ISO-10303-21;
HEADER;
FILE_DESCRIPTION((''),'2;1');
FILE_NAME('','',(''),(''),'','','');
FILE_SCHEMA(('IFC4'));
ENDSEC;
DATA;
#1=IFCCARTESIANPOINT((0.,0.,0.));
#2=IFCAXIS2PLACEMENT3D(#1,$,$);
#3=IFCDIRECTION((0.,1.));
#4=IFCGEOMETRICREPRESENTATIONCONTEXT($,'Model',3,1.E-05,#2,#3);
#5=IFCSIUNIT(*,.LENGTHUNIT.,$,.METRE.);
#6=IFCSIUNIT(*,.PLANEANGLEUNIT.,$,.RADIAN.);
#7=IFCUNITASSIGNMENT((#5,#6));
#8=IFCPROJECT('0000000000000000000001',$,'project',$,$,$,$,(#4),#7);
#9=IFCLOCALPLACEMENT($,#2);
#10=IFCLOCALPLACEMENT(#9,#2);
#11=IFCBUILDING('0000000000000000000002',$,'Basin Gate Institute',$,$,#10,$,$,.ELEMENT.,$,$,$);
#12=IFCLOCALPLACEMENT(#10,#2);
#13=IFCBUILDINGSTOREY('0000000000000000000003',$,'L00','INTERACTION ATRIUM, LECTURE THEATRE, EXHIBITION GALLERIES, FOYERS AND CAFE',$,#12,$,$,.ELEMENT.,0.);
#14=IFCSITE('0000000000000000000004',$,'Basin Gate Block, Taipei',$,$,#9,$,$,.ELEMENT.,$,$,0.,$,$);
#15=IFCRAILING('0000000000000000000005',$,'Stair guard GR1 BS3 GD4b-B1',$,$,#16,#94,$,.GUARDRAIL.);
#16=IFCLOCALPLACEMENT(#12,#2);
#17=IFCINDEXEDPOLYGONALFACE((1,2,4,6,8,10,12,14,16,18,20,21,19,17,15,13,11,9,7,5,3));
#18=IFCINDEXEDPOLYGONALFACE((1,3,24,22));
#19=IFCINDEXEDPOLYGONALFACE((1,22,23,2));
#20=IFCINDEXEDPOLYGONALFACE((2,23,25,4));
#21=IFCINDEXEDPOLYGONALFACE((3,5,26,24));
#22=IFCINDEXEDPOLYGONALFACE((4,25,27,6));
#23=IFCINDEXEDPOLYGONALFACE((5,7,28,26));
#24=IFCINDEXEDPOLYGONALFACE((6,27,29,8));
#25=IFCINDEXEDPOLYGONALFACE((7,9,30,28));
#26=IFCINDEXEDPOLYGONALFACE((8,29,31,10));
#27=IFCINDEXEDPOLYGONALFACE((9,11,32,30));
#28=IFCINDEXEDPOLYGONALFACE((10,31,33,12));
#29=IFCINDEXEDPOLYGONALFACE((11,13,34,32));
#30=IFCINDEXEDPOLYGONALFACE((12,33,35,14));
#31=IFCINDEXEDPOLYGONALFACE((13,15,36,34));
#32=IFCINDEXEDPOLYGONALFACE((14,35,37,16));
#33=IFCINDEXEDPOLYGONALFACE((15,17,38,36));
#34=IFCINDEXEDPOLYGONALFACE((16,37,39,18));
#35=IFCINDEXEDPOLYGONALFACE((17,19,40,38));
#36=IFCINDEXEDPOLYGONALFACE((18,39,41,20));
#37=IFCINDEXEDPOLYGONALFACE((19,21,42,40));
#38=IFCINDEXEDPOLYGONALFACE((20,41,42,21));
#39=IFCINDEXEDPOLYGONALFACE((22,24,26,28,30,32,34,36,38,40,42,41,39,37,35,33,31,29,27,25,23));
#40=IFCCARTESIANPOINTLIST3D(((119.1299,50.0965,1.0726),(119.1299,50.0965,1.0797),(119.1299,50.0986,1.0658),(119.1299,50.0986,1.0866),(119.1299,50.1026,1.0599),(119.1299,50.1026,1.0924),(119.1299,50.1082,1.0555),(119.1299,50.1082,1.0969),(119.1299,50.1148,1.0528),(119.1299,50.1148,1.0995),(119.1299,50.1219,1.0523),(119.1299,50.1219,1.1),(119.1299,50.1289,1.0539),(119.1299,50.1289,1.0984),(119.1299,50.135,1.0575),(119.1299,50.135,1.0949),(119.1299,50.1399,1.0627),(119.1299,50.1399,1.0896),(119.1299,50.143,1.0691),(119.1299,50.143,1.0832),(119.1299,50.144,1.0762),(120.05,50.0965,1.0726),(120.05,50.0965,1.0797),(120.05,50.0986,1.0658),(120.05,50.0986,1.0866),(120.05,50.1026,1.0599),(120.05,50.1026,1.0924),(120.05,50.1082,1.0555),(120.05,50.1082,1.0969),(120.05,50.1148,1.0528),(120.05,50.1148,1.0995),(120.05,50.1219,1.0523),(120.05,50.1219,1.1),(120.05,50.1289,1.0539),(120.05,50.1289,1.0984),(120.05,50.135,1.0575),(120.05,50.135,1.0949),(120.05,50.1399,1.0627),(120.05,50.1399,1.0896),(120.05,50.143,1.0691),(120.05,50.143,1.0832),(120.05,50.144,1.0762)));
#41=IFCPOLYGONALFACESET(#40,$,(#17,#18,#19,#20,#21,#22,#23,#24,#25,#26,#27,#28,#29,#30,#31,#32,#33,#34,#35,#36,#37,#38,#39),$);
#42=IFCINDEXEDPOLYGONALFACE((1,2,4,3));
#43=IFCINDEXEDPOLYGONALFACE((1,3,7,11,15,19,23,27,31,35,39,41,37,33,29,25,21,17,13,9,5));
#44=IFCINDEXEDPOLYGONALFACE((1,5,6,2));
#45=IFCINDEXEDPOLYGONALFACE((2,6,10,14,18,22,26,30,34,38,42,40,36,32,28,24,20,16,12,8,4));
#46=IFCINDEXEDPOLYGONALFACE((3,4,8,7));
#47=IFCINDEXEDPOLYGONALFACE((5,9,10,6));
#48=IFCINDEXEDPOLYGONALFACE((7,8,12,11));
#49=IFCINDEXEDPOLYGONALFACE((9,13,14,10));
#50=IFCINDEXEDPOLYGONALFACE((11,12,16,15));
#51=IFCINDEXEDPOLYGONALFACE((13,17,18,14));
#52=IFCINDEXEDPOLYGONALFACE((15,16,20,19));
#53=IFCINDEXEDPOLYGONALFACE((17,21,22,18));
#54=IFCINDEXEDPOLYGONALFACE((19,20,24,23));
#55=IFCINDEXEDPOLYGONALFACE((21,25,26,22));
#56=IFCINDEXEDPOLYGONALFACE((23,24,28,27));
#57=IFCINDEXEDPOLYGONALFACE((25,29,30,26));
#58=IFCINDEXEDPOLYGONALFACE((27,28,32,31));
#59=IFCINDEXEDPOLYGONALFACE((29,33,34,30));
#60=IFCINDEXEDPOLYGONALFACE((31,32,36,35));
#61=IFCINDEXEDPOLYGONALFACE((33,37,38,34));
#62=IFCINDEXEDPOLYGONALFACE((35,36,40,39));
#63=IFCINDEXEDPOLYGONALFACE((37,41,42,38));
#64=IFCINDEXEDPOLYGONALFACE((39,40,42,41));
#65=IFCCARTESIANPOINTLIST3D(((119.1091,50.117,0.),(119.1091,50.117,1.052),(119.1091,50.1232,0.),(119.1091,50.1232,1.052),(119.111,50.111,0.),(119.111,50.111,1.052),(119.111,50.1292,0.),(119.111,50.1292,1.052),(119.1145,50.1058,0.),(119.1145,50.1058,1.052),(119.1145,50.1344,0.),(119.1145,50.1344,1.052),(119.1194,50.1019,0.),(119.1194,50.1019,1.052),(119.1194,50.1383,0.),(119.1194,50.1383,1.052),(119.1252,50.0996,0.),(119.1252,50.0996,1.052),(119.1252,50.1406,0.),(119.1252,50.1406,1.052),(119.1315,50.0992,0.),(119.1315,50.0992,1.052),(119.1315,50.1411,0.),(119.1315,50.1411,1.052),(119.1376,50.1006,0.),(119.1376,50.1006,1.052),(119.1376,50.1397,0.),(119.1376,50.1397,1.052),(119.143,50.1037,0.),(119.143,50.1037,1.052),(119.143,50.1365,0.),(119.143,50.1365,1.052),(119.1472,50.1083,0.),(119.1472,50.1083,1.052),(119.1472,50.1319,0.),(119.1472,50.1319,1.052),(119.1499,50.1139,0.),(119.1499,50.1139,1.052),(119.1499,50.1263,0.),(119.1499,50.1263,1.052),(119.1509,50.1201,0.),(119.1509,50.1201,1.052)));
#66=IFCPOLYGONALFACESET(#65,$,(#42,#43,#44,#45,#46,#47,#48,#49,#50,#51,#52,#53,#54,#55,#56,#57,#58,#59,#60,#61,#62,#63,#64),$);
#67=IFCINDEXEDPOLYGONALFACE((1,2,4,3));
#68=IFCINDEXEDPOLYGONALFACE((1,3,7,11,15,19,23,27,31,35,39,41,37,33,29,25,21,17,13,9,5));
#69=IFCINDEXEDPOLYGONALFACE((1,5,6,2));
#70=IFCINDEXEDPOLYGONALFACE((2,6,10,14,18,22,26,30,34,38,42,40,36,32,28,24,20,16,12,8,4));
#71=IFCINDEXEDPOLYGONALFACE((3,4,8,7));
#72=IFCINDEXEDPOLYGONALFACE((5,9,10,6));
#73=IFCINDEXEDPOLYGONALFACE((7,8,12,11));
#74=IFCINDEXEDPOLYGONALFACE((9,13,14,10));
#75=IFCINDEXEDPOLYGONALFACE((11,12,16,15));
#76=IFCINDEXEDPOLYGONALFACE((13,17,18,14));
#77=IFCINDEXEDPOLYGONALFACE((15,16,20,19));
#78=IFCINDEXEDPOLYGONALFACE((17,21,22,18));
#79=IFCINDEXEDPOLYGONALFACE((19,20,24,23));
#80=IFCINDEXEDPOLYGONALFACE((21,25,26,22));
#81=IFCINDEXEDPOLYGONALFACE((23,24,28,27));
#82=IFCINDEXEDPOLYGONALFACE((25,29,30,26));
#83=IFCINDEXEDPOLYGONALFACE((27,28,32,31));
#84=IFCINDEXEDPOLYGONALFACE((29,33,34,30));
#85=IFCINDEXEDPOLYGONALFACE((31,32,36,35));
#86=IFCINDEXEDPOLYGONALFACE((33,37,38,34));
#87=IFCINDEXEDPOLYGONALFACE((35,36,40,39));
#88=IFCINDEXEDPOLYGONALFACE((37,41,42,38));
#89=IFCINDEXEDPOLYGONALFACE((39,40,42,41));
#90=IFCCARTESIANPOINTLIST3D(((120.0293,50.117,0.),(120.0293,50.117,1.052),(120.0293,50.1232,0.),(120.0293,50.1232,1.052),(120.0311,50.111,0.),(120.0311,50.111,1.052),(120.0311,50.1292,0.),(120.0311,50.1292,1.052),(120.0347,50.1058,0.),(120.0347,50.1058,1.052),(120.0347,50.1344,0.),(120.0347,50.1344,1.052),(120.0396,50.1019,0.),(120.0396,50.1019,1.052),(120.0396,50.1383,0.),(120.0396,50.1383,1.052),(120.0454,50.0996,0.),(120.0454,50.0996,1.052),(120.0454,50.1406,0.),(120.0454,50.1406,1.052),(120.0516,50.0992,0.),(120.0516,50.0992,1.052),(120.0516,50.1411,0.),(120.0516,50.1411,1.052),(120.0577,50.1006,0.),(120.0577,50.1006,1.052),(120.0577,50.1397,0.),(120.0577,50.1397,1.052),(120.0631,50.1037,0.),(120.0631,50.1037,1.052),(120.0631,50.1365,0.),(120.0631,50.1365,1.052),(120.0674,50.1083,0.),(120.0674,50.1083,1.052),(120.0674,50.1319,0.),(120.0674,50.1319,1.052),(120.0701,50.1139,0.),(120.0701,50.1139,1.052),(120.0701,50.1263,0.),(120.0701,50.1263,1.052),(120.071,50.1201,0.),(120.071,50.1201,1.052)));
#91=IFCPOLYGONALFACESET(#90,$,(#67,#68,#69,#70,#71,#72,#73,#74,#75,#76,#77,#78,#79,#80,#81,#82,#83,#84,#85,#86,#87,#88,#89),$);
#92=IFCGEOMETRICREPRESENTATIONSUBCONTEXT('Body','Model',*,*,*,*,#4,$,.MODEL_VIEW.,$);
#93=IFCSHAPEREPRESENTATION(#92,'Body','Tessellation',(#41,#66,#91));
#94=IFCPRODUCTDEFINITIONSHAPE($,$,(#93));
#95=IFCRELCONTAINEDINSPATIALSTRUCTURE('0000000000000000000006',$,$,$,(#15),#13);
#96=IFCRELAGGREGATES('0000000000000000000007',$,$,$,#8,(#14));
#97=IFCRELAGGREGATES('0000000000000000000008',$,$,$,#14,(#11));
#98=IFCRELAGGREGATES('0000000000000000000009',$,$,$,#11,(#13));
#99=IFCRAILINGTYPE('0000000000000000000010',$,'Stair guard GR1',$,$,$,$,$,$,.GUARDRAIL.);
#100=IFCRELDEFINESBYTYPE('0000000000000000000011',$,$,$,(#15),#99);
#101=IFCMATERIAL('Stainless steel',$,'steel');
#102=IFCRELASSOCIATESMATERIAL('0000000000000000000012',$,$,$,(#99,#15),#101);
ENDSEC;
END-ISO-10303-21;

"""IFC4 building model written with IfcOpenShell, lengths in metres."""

from ifc_helpers import new_model, si_unit, direction, frame, origin, origin_2d, place, context, subcontext, project, spatial, circle, extrude, material, type_object, element, save


model = new_model("IFC4")

# Units and contexts
model_context = context("Model", 3, precision=1e-05, world=origin(), true_north=direction((0.0, 1.0)))
body_context = subcontext(model_context, "Body", "Model", "MODEL_VIEW")
ifc_project = project(units=[si_unit("LENGTHUNIT", "METRE"), si_unit("PLANEANGLEUNIT", "RADIAN")], contexts=[model_context])

# Site, building, storey
site_placement = place(None, origin())
site = spatial("IfcSite", under=ifc_project, at=site_placement, Name="Basin Gate Block, Taipei", CompositionType="ELEMENT", RefElevation=0.0)
building_placement = place(site_placement, origin())
building = spatial("IfcBuilding", under=site, at=building_placement, Name="Basin Gate Institute", CompositionType="ELEMENT")
storey_placement = place(building_placement, origin())
storey = spatial("IfcBuildingStorey", under=building, at=storey_placement, Name="L00", Description="INTERACTION ATRIUM, LECTURE THEATRE, EXHIBITION GALLERIES, FOYERS AND CAFE", CompositionType="ELEMENT", Elevation=0.0)

# Railing
ifc_material_1 = material(Name="Stainless steel", Category="steel")
railing_type = type_object("IfcRailingType", Name="Stair guard GR1", PredefinedType="GUARDRAIL", material=ifc_material_1)
railing_placement = place(storey_placement, frame((119.1299, 50.1201, 0.0)))
element("IfcRailing", 1, at=railing_placement, inside=storey, type_object=railing_type, material=ifc_material_1, Name="Stair guard GR1 BS3 GD4b-B1", PredefinedType="GUARDRAIL", context=body_context, shape_type="SweptSolid", body=[
    extrude(circle(Radius=0.0239, at=origin_2d()), frame((0.0, 0.0, 1.0762), z_axis=(1.0, 0.0, 0.0), x_axis=(0.0, 1.0, 0.0)), (0.0, 0.0, 1.0), 0.9202),
    extrude(circle(Radius=0.021, at=origin_2d()), origin(), (0.0, 0.0, 1.0), 1.052),
    extrude(circle(Radius=0.021, at=origin_2d()), frame((0.9202, 0.0, 0.0)), (0.0, 0.0, 1.0), 1.052),
])

save(model, "model.ifc")
